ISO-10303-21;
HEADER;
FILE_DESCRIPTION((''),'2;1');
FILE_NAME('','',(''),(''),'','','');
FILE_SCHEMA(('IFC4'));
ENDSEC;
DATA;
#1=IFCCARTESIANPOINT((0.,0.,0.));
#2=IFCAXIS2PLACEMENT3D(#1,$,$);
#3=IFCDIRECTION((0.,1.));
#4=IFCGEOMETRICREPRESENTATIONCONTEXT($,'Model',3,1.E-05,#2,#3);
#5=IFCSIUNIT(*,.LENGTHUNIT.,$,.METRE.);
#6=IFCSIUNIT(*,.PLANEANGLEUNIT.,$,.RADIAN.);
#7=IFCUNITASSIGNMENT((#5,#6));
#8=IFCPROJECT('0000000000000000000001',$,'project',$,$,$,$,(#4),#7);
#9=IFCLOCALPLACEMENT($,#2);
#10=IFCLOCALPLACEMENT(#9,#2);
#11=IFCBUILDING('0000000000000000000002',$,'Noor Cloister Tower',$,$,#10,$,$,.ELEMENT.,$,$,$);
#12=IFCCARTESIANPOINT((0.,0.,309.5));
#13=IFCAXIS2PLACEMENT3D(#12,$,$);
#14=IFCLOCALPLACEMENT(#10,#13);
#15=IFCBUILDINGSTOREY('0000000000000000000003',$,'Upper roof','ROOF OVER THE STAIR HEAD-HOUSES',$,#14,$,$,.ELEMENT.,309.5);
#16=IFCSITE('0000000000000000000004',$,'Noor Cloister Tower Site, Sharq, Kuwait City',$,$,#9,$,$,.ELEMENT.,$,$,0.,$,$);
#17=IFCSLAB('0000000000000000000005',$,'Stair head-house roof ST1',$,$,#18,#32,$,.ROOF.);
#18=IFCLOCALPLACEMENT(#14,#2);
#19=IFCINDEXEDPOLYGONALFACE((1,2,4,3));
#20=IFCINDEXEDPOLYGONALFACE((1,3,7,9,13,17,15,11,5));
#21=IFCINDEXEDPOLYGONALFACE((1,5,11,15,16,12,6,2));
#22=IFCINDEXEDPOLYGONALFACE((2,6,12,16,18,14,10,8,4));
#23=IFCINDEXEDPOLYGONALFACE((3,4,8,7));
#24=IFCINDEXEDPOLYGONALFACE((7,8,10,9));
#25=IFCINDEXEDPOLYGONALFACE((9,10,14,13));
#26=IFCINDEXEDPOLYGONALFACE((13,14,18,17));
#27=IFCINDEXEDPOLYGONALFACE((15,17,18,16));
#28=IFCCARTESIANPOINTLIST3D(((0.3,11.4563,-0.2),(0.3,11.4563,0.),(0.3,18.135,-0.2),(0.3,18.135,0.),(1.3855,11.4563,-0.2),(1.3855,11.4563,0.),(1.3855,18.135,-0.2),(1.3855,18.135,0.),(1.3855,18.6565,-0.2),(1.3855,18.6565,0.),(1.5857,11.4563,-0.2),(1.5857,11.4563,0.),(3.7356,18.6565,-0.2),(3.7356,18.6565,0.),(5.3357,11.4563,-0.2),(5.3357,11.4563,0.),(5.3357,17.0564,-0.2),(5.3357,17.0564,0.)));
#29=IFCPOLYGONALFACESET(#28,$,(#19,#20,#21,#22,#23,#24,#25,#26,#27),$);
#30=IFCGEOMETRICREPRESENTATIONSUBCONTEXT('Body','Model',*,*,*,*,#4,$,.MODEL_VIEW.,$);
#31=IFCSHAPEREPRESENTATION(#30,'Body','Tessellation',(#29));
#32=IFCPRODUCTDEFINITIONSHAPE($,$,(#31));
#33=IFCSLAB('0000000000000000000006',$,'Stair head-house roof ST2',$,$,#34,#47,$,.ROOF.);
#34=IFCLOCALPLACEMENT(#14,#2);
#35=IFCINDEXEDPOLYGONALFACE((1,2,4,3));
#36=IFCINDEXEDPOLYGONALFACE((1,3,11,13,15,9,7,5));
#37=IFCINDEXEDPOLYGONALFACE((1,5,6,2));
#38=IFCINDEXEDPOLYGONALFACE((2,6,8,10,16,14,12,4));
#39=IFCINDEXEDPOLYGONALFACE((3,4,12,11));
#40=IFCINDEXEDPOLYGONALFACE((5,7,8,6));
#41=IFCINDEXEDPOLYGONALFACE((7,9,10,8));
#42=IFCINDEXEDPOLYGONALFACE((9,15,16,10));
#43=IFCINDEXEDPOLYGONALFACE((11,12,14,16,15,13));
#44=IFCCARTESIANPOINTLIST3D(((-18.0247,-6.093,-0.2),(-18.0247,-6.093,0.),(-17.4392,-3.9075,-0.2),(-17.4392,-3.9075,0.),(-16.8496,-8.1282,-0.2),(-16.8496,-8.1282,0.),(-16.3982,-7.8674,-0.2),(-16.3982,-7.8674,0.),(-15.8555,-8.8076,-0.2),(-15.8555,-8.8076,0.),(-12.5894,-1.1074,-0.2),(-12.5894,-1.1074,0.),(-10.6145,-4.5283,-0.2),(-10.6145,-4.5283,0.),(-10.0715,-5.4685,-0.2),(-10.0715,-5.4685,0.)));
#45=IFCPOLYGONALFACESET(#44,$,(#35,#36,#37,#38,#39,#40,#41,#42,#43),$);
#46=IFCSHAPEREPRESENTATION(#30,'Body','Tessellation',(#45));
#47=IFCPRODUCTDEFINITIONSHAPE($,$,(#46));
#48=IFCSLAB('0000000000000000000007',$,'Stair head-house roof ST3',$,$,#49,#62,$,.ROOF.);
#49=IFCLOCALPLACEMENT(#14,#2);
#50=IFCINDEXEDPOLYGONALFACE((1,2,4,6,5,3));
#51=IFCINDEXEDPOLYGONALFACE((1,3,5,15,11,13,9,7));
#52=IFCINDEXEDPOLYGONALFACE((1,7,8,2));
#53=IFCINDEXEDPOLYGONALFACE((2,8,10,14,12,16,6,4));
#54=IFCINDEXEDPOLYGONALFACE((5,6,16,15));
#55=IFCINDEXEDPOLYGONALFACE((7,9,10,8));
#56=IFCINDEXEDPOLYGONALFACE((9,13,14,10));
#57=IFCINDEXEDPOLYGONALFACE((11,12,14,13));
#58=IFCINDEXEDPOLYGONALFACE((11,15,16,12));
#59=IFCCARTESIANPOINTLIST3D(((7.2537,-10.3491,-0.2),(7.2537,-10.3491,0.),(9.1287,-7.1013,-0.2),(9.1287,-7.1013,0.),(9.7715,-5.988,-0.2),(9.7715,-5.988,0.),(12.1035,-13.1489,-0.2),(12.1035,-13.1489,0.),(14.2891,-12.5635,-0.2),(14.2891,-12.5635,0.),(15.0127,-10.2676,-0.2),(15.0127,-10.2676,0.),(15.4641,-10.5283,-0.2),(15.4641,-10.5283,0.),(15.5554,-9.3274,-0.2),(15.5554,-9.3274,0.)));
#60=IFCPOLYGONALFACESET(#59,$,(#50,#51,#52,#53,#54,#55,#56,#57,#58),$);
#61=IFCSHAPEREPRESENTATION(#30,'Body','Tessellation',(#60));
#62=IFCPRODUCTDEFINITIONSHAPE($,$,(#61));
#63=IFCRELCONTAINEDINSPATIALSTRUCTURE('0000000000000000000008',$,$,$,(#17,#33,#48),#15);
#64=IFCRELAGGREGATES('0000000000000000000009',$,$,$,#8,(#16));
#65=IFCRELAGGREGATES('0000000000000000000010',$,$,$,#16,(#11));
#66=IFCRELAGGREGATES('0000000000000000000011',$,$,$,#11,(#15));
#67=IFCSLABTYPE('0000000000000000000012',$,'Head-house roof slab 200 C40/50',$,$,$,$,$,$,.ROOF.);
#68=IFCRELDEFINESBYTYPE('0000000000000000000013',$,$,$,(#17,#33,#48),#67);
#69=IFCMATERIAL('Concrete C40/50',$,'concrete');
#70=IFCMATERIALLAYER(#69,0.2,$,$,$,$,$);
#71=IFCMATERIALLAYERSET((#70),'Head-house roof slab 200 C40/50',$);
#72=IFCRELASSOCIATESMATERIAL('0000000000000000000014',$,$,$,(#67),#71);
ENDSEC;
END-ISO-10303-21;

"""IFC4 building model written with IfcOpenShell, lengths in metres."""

from ifc_helpers import new_model, si_unit, direction, frame, origin, place, context, subcontext, project, spatial, polyline, outline, extrude, material, layer, layer_set, type_object, element, save


model = new_model("IFC4")

# Units and contexts
model_context = context("Model", 3, precision=1e-05, world=origin(), true_north=direction((0.0, 1.0)))
body_context = subcontext(model_context, "Body", "Model", "MODEL_VIEW")
ifc_project = project(units=[si_unit("LENGTHUNIT", "METRE"), si_unit("PLANEANGLEUNIT", "RADIAN")], contexts=[model_context])

# Site, building, storey
site_placement = place(None, origin())
site = spatial("IfcSite", under=ifc_project, at=site_placement, Name="Noor Cloister Tower Site, Sharq, Kuwait City", CompositionType="ELEMENT", RefElevation=0.0)
building_placement = place(site_placement, origin())
building = spatial("IfcBuilding", under=site, at=building_placement, Name="Noor Cloister Tower", CompositionType="ELEMENT")
storey_placement = place(building_placement, frame((0.0, 0.0, 309.5)))
storey = spatial("IfcBuildingStorey", under=building, at=storey_placement, Name="Upper roof", Description="ROOF OVER THE STAIR HEAD-HOUSES", CompositionType="ELEMENT", Elevation=309.5)

# Slabs
ifc_material = material(Name="Concrete C40/50", Category="concrete")
ifc_layer = layer(ifc_material, 0.2)
ifc_layer_set = layer_set([ifc_layer], Name="Head-house roof slab 200 C40/50")
slab_type = type_object("IfcSlabType", Name="Head-house roof slab 200 C40/50", PredefinedType="ROOF", material=ifc_layer_set)
slab_1_placement = place(storey_placement, frame((0.0, 0.0, -0.2)))
element("IfcSlab", 1, at=slab_1_placement, inside=storey, type_object=slab_type, Name="Stair head-house roof ST1", PredefinedType="ROOF", context=body_context, shape_type="SweptSolid", body=[
    extrude(outline(polyline([(1.3855, 18.135), (0.3, 18.135), (0.3, 11.4563), (1.3855, 11.4563), (1.5857, 11.4563), (5.3357, 11.4563), (5.3357, 17.0564), (3.7356, 18.6565), (1.3855, 18.6565), (1.3855, 18.135)])), origin(), (0.0, 0.0, 1.0), 0.2),
])
slab_2_placement = place(storey_placement, frame((0.0, 0.0, -0.2)))
element("IfcSlab", 2, at=slab_2_placement, inside=storey, type_object=slab_type, Name="Stair head-house roof ST2", PredefinedType="ROOF", context=body_context, shape_type="SweptSolid", body=[
    extrude(outline(polyline([(-16.3982, -7.8674), (-15.8555, -8.8076), (-10.0715, -5.4685), (-10.6145, -4.5283), (-12.5894, -1.1074), (-17.4392, -3.9075), (-18.0247, -6.093), (-16.8496, -8.1282), (-16.3982, -7.8674)])), origin(), (0.0, 0.0, 1.0), 0.2),
])
slab_3_placement = place(storey_placement, frame((0.0, 0.0, -0.2)))
element("IfcSlab", 3, at=slab_3_placement, inside=storey, type_object=slab_type, Name="Stair head-house roof ST3", PredefinedType="ROOF", context=body_context, shape_type="SweptSolid", body=[
    extrude(outline(polyline([(15.0127, -10.2676), (15.5554, -9.3274), (9.7715, -5.988), (9.1287, -7.1013), (9.1287, -7.1013), (7.2537, -10.3491), (12.1035, -13.1489), (14.2891, -12.5635), (15.4641, -10.5283), (15.0127, -10.2676)])), origin(), (0.0, 0.0, 1.0), 0.2),
])

save(model, "model.ifc")
